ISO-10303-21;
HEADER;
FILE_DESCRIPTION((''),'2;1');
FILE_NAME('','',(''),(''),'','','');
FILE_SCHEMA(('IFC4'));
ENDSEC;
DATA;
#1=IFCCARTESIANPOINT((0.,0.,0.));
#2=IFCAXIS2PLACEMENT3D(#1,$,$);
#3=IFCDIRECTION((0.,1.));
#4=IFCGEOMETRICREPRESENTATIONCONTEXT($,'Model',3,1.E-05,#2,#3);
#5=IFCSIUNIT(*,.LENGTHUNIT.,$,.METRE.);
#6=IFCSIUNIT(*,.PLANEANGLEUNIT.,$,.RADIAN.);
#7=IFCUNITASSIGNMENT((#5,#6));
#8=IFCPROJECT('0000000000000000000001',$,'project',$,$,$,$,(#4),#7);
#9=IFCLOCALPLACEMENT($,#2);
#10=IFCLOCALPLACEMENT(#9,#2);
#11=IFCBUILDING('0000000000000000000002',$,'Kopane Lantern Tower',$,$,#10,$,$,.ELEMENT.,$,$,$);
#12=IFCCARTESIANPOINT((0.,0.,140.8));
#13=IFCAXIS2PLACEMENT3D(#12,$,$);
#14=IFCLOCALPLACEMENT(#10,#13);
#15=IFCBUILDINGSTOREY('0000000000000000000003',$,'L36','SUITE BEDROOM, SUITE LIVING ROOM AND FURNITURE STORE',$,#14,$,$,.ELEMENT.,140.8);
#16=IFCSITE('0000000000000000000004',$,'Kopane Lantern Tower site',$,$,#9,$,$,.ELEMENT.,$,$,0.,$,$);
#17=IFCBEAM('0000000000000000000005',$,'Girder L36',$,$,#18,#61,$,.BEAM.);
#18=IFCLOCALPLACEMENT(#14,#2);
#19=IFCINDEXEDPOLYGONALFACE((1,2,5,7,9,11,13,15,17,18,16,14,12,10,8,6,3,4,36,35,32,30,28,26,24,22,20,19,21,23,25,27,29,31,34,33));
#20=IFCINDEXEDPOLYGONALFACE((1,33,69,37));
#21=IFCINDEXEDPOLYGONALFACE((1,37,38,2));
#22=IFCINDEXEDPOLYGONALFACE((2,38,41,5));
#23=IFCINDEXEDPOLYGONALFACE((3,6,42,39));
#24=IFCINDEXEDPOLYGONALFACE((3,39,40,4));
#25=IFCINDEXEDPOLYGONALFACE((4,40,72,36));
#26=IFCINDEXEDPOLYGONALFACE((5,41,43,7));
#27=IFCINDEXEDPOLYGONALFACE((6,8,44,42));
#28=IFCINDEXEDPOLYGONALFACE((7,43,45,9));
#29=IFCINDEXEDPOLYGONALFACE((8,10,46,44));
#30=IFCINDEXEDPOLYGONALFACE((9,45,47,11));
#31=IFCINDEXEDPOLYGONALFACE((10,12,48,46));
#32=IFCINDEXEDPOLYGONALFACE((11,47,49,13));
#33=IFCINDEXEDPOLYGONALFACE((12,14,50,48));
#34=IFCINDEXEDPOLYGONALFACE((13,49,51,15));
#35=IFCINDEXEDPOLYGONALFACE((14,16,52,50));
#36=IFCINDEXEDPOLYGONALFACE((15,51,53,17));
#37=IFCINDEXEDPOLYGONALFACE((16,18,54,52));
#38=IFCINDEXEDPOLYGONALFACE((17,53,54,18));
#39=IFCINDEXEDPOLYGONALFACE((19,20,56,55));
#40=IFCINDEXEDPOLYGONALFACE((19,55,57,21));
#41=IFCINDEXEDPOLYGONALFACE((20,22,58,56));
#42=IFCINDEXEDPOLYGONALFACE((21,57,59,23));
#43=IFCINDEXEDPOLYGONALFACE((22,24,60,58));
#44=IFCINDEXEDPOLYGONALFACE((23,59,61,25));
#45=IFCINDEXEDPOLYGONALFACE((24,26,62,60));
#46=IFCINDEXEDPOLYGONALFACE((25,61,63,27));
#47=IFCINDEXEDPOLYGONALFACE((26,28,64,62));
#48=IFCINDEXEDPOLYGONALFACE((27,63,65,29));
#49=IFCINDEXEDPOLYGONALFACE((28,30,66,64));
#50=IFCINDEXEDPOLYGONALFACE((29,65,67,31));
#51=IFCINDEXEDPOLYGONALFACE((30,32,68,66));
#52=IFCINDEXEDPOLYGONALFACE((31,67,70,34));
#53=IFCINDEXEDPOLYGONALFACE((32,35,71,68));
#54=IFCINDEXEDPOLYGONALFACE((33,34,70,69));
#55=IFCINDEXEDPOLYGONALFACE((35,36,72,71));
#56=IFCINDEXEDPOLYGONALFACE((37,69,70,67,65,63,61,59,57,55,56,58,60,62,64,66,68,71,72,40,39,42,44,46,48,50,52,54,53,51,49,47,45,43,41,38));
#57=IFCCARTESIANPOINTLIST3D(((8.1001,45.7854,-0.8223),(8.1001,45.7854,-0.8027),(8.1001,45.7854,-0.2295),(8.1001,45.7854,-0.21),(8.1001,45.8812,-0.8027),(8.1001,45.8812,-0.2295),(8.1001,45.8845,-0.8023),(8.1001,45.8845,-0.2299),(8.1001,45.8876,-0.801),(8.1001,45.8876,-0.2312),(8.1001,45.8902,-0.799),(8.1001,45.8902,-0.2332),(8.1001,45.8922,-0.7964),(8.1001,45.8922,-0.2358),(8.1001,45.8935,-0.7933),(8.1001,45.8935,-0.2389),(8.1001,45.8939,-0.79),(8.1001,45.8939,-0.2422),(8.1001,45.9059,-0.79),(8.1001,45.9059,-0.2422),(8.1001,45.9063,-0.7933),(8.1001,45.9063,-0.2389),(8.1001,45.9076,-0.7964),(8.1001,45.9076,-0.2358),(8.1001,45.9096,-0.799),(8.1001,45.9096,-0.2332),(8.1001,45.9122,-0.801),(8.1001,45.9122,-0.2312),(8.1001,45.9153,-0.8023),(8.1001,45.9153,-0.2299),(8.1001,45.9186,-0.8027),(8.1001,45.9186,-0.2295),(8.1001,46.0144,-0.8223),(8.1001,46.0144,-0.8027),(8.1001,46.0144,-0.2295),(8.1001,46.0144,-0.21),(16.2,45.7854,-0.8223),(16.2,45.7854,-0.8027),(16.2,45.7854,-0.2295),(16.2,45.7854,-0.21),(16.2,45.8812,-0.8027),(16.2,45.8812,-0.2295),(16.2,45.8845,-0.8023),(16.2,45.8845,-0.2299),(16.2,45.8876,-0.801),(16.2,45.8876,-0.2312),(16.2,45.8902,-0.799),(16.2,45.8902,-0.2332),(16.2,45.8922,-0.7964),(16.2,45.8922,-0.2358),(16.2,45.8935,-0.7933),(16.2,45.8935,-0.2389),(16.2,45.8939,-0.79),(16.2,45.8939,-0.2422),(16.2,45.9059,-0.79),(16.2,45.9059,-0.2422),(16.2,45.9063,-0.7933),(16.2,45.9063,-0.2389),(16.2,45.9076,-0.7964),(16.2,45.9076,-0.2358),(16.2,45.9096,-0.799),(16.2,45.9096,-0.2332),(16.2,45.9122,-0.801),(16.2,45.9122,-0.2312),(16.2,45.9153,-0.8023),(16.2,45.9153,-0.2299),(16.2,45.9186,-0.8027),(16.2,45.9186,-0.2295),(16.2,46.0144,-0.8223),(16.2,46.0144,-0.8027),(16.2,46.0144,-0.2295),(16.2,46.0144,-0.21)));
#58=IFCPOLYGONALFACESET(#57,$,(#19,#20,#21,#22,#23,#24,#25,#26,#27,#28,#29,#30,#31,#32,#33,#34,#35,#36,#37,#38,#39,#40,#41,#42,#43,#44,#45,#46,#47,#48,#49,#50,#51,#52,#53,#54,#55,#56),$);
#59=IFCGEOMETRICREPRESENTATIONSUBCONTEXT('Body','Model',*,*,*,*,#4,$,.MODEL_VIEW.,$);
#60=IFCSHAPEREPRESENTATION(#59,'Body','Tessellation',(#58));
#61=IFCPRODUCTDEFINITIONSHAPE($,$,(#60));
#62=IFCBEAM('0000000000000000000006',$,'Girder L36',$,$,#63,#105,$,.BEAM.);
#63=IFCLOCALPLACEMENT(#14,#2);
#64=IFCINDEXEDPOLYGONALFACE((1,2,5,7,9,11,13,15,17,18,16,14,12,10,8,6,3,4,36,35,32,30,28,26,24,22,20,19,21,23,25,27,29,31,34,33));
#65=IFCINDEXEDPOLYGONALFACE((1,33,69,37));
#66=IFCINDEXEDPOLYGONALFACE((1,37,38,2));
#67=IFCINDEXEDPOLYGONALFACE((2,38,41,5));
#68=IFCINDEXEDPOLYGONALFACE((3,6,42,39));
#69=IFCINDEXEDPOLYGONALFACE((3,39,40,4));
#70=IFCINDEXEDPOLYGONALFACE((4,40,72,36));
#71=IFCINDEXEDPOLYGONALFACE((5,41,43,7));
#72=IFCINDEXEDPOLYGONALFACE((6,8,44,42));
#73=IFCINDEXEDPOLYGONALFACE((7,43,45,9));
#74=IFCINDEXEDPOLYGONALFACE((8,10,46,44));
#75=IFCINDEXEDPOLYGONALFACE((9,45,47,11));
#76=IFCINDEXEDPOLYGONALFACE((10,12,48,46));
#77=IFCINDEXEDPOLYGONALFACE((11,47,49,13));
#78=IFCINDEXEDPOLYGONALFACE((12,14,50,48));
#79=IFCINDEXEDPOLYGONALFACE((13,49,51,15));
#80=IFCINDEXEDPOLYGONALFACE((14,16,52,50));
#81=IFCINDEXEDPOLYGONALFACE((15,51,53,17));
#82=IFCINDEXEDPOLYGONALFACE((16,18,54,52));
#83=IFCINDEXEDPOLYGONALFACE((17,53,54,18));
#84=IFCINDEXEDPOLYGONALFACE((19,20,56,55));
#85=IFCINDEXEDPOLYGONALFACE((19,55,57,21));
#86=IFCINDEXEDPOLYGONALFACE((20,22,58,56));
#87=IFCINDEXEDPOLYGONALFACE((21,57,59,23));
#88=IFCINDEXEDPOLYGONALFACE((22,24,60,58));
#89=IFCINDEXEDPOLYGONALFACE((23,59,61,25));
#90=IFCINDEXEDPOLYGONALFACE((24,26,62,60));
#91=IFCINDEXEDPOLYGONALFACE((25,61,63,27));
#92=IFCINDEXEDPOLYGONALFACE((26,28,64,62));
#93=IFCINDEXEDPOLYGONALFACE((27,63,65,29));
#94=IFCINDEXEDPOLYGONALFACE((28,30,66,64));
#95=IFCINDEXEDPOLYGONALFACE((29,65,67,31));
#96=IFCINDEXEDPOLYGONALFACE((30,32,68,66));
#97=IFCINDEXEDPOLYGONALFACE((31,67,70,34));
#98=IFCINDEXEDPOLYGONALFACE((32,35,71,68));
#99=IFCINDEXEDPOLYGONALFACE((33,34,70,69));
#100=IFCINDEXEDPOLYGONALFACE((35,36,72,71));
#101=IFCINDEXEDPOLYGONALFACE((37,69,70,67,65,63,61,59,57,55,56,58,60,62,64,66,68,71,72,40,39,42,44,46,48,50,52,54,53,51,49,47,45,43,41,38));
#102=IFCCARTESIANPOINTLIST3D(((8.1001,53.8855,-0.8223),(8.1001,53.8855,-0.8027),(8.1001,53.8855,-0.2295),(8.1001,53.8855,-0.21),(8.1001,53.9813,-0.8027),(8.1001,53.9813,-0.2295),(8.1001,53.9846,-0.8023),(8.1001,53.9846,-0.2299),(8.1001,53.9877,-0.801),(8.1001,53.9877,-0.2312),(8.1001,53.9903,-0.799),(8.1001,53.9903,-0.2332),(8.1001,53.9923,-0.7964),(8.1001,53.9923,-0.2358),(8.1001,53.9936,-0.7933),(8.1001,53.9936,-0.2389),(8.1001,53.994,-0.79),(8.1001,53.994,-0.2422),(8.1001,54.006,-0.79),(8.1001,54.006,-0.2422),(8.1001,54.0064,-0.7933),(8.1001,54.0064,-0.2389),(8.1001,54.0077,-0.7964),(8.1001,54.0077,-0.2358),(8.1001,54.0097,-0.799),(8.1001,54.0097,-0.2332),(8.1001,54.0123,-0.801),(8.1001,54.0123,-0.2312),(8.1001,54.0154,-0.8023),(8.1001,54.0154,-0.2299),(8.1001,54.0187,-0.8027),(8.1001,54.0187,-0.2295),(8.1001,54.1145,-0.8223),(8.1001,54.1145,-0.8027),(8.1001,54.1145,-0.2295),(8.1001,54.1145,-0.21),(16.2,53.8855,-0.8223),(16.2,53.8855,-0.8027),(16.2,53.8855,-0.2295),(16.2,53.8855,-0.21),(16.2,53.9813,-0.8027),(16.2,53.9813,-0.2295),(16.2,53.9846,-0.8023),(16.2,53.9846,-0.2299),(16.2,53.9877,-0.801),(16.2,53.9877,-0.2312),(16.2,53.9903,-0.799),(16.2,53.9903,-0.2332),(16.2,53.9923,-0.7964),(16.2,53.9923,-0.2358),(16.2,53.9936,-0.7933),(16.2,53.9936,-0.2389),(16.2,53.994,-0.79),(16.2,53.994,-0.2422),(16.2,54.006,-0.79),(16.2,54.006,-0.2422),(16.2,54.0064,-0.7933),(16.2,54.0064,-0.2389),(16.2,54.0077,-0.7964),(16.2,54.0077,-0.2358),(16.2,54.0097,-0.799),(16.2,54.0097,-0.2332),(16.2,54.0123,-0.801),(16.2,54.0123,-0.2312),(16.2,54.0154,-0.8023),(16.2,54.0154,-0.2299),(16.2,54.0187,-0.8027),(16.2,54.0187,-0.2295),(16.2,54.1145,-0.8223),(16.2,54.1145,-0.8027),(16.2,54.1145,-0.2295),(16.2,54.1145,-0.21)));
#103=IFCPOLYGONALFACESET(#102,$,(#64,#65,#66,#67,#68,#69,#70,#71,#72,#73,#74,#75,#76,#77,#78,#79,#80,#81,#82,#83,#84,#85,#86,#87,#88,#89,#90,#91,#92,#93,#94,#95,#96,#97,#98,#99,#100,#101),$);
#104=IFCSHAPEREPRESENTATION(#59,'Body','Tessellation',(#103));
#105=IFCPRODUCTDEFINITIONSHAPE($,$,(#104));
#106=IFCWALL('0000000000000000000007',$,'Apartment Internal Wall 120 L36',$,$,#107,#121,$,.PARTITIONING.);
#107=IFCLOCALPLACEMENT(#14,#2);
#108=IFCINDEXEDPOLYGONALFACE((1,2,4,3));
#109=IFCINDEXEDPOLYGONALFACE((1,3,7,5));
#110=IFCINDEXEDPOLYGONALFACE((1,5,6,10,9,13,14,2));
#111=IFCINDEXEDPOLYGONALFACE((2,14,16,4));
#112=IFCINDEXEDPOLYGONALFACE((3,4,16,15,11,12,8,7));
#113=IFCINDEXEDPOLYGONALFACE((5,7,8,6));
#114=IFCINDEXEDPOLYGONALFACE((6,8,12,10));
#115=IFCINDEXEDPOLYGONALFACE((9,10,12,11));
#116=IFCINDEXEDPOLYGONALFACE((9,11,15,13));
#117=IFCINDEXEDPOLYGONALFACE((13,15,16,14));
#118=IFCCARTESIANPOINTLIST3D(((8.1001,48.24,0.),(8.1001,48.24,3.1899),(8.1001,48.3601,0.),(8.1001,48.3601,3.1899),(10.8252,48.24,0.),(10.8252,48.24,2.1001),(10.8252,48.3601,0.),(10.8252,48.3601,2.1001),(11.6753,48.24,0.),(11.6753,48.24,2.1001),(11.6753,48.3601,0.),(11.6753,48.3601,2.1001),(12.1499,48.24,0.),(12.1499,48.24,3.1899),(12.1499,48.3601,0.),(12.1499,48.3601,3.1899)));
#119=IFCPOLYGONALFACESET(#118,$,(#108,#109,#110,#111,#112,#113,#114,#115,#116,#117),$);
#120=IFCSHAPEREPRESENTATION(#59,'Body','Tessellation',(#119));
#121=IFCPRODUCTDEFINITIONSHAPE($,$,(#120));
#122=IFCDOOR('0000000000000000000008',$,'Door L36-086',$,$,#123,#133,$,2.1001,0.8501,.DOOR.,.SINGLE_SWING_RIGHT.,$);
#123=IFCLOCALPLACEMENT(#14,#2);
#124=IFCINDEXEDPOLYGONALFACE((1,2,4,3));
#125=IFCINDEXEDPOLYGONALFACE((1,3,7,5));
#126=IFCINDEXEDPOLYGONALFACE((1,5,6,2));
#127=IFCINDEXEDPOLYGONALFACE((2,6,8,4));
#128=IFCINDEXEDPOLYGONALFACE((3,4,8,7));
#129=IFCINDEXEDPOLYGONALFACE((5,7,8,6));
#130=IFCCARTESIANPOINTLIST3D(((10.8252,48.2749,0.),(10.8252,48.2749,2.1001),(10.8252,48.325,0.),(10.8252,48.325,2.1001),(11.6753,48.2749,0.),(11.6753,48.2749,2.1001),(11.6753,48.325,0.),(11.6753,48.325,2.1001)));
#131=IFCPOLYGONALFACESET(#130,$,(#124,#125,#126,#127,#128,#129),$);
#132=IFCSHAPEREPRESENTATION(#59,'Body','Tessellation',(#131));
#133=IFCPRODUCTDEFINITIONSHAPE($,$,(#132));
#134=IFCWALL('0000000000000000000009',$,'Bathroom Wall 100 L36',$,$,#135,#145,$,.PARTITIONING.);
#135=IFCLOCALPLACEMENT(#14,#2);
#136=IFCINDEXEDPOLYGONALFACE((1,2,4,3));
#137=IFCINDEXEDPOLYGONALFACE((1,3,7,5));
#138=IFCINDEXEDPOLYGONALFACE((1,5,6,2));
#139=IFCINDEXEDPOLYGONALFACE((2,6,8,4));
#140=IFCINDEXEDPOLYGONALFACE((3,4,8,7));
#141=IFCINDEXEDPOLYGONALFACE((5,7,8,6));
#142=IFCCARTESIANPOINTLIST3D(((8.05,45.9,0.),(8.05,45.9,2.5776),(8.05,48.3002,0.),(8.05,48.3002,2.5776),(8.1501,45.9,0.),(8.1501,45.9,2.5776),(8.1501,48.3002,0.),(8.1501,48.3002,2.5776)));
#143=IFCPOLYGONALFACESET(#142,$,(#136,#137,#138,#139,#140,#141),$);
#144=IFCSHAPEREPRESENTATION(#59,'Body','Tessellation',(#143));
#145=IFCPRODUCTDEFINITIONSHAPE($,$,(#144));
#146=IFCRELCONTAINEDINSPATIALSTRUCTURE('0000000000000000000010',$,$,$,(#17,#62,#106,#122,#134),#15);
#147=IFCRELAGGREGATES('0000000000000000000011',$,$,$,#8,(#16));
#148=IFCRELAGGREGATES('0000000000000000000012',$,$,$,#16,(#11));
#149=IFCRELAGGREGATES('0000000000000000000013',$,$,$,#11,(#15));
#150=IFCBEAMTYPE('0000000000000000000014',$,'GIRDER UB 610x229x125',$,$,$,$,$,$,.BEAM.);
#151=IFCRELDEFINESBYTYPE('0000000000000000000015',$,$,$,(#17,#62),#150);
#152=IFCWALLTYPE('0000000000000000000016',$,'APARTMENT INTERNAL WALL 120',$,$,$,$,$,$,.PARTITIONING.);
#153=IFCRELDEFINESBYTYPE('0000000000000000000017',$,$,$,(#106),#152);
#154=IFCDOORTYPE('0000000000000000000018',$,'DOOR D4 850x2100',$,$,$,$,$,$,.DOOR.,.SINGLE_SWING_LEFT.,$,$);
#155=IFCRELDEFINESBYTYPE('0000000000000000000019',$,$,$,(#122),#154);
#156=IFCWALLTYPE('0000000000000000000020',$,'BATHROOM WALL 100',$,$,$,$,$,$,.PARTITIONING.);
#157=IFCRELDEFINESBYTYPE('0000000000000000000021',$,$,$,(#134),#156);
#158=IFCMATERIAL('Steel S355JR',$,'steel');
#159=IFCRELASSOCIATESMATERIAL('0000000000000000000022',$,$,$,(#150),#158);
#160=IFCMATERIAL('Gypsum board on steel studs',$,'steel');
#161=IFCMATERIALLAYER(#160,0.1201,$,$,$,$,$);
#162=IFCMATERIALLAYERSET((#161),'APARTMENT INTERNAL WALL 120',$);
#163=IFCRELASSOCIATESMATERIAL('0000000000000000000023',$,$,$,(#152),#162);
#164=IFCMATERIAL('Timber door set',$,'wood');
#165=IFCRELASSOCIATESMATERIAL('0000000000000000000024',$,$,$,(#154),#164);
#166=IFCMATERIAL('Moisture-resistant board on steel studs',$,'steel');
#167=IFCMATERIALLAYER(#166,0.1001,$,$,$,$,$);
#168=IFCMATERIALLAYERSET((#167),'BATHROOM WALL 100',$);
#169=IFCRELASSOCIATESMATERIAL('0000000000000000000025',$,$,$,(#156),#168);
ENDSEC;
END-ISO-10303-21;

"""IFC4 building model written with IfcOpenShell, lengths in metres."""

from ifc_helpers import new_model, si_unit, direction, frame, frame_2d, origin, origin_2d, place, context, subcontext, project, spatial, rectangle, i_section, extrude, material, layer, layer_set, material_profile, profile_set, type_object, element, fill, save


model = new_model("IFC4")

# Units and contexts
model_context = context("Model", 3, precision=1e-05, world=origin(), true_north=direction((0.0, 1.0)))
body_context = subcontext(model_context, "Body", "Model", "MODEL_VIEW")
ifc_project = project(units=[si_unit("LENGTHUNIT", "METRE"), si_unit("PLANEANGLEUNIT", "RADIAN")], contexts=[model_context])

# Site, building, storey
site_placement = place(None, origin())
site = spatial("IfcSite", under=ifc_project, at=site_placement, Name="Kopane Lantern Tower site", CompositionType="ELEMENT", RefElevation=0.0)
building_placement = place(site_placement, origin())
building = spatial("IfcBuilding", under=site, at=building_placement, Name="Kopane Lantern Tower", CompositionType="ELEMENT")
storey_placement = place(building_placement, frame((0.0, 0.0, 140.8)))
storey = spatial("IfcBuildingStorey", under=building, at=storey_placement, Name="L36", Description="SUITE BEDROOM, SUITE LIVING ROOM AND FURNITURE STORE", CompositionType="ELEMENT", Elevation=140.8)

# Beams
ifc_material_1 = material(Name="Steel S355JR", Category="steel")
ifc_material_profile_1 = material_profile(ifc_material_1, i_section(OverallWidth=0.229, OverallDepth=0.6123, WebThickness=0.012, FlangeThickness=0.0195, FilletRadius=0.0127, at=origin_2d()), Name="UB 610x229x125")
ifc_profile_set_1 = profile_set([ifc_material_profile_1], Name="Steel S355JR")
beam_type_1 = type_object("IfcBeamType", Name="GIRDER UB 610x229x125", PredefinedType="BEAM", material=ifc_profile_set_1)
for number, where, z_axis, x_axis, name in (
    (1, (8.1001, 45.8999, -0.5161), (1.0, 0.0, 0.0), (0.0, 1.0, 0.0), "Girder L36"),
    (2, (8.1001, 54.0, -0.5161), (1.0, 0.0, 0.0), (0.0, 1.0, 0.0), "Girder L36"),
):
    element("IfcBeam", number, at=place(storey_placement, frame(where, z_axis=z_axis, x_axis=x_axis)), inside=storey, type_object=beam_type_1, Name=name, PredefinedType="BEAM", context=body_context, shape_type="SweptSolid", body=[
        extrude(i_section(OverallWidth=0.229, OverallDepth=0.6123, WebThickness=0.012, FlangeThickness=0.0195, FilletRadius=0.0127, at=origin_2d()), origin(), (0.0, 0.0, 1.0), 8.0999),
    ])

# Wall, opening, door
ifc_material_2 = material(Name="Gypsum board on steel studs", Category="steel")
ifc_layer_1 = layer(ifc_material_2, 0.1201)
ifc_layer_set_1 = layer_set([ifc_layer_1], Name="APARTMENT INTERNAL WALL 120")
wall_type_1 = type_object("IfcWallType", Name="APARTMENT INTERNAL WALL 120", PredefinedType="PARTITIONING", material=ifc_layer_set_1)
wall_1_placement = place(storey_placement, frame((8.1001, 48.3, 0.0), z_axis=(0.0, 0.0, 1.0), x_axis=(1.0, 0.0, 0.0)))
wall_1 = element("IfcWall", 3, at=wall_1_placement, inside=storey, type_object=wall_type_1, Name="Apartment Internal Wall 120 L36", PredefinedType="PARTITIONING", context=body_context, shape_type="SweptSolid", body=[
    extrude(rectangle(XDim=4.0498, YDim=0.1201, at=frame_2d((2.0249, 0.0))), origin(), (0.0, 0.0, 1.0), 3.1899),
])
opening_1_placement = place(wall_1_placement, frame((2.7251, 0.0, 0.0)))
opening_1 = element("IfcOpeningElement", 4, at=opening_1_placement, cuts=wall_1, PredefinedType="OPENING", context=body_context, shape_type="SweptSolid", body=[
    extrude(rectangle(XDim=0.8501, YDim=2.1001, at=frame_2d((0.425, 1.05))), frame((0.0, 0.0701, 0.0), z_axis=(0.0, -1.0, 0.0), x_axis=(1.0, 0.0, 0.0)), (0.0, 0.0, 1.0), 0.1401),
])
ifc_material_3 = material(Name="Timber door set", Category="wood")
door_type_1 = type_object("IfcDoorType", Name="DOOR D4 850x2100", OperationType="SINGLE_SWING_LEFT", PredefinedType="DOOR", material=ifc_material_3)
door_1_placement = place(opening_1_placement, origin())
door_1 = element("IfcDoor", 5, at=door_1_placement, inside=storey, type_object=door_type_1, Name="Door L36-086", OperationType="SINGLE_SWING_RIGHT", OverallHeight=2.1001, OverallWidth=0.8501, PredefinedType="DOOR", context=body_context, shape_type="SweptSolid", body=[
    extrude(rectangle(XDim=0.8501, YDim=2.1001, at=frame_2d((0.425, 1.05))), frame((0.0, 0.0249, 0.0), z_axis=(0.0, -1.0, 0.0), x_axis=(1.0, 0.0, 0.0)), (0.0, 0.0, 1.0), 0.05),
])
fill(opening_1, door_1)

# Wall
ifc_material_4 = material(Name="Moisture-resistant board on steel studs", Category="steel")
ifc_layer_2 = layer(ifc_material_4, 0.1001)
ifc_layer_set_2 = layer_set([ifc_layer_2], Name="BATHROOM WALL 100")
wall_type_2 = type_object("IfcWallType", Name="BATHROOM WALL 100", PredefinedType="PARTITIONING", material=ifc_layer_set_2)
wall_2_placement = place(storey_placement, frame((8.1001, 45.8999, 0.0), z_axis=(0.0, 0.0, 1.0), x_axis=(0.0, 1.0, 0.0)))
element("IfcWall", 6, at=wall_2_placement, inside=storey, type_object=wall_type_2, Name="Bathroom Wall 100 L36", PredefinedType="PARTITIONING", context=body_context, shape_type="SweptSolid", body=[
    extrude(rectangle(XDim=2.4001, YDim=0.1001, at=frame_2d((1.2002, 0.0))), origin(), (0.0, 0.0, 1.0), 2.5776),
])

save(model, "model.ifc")
